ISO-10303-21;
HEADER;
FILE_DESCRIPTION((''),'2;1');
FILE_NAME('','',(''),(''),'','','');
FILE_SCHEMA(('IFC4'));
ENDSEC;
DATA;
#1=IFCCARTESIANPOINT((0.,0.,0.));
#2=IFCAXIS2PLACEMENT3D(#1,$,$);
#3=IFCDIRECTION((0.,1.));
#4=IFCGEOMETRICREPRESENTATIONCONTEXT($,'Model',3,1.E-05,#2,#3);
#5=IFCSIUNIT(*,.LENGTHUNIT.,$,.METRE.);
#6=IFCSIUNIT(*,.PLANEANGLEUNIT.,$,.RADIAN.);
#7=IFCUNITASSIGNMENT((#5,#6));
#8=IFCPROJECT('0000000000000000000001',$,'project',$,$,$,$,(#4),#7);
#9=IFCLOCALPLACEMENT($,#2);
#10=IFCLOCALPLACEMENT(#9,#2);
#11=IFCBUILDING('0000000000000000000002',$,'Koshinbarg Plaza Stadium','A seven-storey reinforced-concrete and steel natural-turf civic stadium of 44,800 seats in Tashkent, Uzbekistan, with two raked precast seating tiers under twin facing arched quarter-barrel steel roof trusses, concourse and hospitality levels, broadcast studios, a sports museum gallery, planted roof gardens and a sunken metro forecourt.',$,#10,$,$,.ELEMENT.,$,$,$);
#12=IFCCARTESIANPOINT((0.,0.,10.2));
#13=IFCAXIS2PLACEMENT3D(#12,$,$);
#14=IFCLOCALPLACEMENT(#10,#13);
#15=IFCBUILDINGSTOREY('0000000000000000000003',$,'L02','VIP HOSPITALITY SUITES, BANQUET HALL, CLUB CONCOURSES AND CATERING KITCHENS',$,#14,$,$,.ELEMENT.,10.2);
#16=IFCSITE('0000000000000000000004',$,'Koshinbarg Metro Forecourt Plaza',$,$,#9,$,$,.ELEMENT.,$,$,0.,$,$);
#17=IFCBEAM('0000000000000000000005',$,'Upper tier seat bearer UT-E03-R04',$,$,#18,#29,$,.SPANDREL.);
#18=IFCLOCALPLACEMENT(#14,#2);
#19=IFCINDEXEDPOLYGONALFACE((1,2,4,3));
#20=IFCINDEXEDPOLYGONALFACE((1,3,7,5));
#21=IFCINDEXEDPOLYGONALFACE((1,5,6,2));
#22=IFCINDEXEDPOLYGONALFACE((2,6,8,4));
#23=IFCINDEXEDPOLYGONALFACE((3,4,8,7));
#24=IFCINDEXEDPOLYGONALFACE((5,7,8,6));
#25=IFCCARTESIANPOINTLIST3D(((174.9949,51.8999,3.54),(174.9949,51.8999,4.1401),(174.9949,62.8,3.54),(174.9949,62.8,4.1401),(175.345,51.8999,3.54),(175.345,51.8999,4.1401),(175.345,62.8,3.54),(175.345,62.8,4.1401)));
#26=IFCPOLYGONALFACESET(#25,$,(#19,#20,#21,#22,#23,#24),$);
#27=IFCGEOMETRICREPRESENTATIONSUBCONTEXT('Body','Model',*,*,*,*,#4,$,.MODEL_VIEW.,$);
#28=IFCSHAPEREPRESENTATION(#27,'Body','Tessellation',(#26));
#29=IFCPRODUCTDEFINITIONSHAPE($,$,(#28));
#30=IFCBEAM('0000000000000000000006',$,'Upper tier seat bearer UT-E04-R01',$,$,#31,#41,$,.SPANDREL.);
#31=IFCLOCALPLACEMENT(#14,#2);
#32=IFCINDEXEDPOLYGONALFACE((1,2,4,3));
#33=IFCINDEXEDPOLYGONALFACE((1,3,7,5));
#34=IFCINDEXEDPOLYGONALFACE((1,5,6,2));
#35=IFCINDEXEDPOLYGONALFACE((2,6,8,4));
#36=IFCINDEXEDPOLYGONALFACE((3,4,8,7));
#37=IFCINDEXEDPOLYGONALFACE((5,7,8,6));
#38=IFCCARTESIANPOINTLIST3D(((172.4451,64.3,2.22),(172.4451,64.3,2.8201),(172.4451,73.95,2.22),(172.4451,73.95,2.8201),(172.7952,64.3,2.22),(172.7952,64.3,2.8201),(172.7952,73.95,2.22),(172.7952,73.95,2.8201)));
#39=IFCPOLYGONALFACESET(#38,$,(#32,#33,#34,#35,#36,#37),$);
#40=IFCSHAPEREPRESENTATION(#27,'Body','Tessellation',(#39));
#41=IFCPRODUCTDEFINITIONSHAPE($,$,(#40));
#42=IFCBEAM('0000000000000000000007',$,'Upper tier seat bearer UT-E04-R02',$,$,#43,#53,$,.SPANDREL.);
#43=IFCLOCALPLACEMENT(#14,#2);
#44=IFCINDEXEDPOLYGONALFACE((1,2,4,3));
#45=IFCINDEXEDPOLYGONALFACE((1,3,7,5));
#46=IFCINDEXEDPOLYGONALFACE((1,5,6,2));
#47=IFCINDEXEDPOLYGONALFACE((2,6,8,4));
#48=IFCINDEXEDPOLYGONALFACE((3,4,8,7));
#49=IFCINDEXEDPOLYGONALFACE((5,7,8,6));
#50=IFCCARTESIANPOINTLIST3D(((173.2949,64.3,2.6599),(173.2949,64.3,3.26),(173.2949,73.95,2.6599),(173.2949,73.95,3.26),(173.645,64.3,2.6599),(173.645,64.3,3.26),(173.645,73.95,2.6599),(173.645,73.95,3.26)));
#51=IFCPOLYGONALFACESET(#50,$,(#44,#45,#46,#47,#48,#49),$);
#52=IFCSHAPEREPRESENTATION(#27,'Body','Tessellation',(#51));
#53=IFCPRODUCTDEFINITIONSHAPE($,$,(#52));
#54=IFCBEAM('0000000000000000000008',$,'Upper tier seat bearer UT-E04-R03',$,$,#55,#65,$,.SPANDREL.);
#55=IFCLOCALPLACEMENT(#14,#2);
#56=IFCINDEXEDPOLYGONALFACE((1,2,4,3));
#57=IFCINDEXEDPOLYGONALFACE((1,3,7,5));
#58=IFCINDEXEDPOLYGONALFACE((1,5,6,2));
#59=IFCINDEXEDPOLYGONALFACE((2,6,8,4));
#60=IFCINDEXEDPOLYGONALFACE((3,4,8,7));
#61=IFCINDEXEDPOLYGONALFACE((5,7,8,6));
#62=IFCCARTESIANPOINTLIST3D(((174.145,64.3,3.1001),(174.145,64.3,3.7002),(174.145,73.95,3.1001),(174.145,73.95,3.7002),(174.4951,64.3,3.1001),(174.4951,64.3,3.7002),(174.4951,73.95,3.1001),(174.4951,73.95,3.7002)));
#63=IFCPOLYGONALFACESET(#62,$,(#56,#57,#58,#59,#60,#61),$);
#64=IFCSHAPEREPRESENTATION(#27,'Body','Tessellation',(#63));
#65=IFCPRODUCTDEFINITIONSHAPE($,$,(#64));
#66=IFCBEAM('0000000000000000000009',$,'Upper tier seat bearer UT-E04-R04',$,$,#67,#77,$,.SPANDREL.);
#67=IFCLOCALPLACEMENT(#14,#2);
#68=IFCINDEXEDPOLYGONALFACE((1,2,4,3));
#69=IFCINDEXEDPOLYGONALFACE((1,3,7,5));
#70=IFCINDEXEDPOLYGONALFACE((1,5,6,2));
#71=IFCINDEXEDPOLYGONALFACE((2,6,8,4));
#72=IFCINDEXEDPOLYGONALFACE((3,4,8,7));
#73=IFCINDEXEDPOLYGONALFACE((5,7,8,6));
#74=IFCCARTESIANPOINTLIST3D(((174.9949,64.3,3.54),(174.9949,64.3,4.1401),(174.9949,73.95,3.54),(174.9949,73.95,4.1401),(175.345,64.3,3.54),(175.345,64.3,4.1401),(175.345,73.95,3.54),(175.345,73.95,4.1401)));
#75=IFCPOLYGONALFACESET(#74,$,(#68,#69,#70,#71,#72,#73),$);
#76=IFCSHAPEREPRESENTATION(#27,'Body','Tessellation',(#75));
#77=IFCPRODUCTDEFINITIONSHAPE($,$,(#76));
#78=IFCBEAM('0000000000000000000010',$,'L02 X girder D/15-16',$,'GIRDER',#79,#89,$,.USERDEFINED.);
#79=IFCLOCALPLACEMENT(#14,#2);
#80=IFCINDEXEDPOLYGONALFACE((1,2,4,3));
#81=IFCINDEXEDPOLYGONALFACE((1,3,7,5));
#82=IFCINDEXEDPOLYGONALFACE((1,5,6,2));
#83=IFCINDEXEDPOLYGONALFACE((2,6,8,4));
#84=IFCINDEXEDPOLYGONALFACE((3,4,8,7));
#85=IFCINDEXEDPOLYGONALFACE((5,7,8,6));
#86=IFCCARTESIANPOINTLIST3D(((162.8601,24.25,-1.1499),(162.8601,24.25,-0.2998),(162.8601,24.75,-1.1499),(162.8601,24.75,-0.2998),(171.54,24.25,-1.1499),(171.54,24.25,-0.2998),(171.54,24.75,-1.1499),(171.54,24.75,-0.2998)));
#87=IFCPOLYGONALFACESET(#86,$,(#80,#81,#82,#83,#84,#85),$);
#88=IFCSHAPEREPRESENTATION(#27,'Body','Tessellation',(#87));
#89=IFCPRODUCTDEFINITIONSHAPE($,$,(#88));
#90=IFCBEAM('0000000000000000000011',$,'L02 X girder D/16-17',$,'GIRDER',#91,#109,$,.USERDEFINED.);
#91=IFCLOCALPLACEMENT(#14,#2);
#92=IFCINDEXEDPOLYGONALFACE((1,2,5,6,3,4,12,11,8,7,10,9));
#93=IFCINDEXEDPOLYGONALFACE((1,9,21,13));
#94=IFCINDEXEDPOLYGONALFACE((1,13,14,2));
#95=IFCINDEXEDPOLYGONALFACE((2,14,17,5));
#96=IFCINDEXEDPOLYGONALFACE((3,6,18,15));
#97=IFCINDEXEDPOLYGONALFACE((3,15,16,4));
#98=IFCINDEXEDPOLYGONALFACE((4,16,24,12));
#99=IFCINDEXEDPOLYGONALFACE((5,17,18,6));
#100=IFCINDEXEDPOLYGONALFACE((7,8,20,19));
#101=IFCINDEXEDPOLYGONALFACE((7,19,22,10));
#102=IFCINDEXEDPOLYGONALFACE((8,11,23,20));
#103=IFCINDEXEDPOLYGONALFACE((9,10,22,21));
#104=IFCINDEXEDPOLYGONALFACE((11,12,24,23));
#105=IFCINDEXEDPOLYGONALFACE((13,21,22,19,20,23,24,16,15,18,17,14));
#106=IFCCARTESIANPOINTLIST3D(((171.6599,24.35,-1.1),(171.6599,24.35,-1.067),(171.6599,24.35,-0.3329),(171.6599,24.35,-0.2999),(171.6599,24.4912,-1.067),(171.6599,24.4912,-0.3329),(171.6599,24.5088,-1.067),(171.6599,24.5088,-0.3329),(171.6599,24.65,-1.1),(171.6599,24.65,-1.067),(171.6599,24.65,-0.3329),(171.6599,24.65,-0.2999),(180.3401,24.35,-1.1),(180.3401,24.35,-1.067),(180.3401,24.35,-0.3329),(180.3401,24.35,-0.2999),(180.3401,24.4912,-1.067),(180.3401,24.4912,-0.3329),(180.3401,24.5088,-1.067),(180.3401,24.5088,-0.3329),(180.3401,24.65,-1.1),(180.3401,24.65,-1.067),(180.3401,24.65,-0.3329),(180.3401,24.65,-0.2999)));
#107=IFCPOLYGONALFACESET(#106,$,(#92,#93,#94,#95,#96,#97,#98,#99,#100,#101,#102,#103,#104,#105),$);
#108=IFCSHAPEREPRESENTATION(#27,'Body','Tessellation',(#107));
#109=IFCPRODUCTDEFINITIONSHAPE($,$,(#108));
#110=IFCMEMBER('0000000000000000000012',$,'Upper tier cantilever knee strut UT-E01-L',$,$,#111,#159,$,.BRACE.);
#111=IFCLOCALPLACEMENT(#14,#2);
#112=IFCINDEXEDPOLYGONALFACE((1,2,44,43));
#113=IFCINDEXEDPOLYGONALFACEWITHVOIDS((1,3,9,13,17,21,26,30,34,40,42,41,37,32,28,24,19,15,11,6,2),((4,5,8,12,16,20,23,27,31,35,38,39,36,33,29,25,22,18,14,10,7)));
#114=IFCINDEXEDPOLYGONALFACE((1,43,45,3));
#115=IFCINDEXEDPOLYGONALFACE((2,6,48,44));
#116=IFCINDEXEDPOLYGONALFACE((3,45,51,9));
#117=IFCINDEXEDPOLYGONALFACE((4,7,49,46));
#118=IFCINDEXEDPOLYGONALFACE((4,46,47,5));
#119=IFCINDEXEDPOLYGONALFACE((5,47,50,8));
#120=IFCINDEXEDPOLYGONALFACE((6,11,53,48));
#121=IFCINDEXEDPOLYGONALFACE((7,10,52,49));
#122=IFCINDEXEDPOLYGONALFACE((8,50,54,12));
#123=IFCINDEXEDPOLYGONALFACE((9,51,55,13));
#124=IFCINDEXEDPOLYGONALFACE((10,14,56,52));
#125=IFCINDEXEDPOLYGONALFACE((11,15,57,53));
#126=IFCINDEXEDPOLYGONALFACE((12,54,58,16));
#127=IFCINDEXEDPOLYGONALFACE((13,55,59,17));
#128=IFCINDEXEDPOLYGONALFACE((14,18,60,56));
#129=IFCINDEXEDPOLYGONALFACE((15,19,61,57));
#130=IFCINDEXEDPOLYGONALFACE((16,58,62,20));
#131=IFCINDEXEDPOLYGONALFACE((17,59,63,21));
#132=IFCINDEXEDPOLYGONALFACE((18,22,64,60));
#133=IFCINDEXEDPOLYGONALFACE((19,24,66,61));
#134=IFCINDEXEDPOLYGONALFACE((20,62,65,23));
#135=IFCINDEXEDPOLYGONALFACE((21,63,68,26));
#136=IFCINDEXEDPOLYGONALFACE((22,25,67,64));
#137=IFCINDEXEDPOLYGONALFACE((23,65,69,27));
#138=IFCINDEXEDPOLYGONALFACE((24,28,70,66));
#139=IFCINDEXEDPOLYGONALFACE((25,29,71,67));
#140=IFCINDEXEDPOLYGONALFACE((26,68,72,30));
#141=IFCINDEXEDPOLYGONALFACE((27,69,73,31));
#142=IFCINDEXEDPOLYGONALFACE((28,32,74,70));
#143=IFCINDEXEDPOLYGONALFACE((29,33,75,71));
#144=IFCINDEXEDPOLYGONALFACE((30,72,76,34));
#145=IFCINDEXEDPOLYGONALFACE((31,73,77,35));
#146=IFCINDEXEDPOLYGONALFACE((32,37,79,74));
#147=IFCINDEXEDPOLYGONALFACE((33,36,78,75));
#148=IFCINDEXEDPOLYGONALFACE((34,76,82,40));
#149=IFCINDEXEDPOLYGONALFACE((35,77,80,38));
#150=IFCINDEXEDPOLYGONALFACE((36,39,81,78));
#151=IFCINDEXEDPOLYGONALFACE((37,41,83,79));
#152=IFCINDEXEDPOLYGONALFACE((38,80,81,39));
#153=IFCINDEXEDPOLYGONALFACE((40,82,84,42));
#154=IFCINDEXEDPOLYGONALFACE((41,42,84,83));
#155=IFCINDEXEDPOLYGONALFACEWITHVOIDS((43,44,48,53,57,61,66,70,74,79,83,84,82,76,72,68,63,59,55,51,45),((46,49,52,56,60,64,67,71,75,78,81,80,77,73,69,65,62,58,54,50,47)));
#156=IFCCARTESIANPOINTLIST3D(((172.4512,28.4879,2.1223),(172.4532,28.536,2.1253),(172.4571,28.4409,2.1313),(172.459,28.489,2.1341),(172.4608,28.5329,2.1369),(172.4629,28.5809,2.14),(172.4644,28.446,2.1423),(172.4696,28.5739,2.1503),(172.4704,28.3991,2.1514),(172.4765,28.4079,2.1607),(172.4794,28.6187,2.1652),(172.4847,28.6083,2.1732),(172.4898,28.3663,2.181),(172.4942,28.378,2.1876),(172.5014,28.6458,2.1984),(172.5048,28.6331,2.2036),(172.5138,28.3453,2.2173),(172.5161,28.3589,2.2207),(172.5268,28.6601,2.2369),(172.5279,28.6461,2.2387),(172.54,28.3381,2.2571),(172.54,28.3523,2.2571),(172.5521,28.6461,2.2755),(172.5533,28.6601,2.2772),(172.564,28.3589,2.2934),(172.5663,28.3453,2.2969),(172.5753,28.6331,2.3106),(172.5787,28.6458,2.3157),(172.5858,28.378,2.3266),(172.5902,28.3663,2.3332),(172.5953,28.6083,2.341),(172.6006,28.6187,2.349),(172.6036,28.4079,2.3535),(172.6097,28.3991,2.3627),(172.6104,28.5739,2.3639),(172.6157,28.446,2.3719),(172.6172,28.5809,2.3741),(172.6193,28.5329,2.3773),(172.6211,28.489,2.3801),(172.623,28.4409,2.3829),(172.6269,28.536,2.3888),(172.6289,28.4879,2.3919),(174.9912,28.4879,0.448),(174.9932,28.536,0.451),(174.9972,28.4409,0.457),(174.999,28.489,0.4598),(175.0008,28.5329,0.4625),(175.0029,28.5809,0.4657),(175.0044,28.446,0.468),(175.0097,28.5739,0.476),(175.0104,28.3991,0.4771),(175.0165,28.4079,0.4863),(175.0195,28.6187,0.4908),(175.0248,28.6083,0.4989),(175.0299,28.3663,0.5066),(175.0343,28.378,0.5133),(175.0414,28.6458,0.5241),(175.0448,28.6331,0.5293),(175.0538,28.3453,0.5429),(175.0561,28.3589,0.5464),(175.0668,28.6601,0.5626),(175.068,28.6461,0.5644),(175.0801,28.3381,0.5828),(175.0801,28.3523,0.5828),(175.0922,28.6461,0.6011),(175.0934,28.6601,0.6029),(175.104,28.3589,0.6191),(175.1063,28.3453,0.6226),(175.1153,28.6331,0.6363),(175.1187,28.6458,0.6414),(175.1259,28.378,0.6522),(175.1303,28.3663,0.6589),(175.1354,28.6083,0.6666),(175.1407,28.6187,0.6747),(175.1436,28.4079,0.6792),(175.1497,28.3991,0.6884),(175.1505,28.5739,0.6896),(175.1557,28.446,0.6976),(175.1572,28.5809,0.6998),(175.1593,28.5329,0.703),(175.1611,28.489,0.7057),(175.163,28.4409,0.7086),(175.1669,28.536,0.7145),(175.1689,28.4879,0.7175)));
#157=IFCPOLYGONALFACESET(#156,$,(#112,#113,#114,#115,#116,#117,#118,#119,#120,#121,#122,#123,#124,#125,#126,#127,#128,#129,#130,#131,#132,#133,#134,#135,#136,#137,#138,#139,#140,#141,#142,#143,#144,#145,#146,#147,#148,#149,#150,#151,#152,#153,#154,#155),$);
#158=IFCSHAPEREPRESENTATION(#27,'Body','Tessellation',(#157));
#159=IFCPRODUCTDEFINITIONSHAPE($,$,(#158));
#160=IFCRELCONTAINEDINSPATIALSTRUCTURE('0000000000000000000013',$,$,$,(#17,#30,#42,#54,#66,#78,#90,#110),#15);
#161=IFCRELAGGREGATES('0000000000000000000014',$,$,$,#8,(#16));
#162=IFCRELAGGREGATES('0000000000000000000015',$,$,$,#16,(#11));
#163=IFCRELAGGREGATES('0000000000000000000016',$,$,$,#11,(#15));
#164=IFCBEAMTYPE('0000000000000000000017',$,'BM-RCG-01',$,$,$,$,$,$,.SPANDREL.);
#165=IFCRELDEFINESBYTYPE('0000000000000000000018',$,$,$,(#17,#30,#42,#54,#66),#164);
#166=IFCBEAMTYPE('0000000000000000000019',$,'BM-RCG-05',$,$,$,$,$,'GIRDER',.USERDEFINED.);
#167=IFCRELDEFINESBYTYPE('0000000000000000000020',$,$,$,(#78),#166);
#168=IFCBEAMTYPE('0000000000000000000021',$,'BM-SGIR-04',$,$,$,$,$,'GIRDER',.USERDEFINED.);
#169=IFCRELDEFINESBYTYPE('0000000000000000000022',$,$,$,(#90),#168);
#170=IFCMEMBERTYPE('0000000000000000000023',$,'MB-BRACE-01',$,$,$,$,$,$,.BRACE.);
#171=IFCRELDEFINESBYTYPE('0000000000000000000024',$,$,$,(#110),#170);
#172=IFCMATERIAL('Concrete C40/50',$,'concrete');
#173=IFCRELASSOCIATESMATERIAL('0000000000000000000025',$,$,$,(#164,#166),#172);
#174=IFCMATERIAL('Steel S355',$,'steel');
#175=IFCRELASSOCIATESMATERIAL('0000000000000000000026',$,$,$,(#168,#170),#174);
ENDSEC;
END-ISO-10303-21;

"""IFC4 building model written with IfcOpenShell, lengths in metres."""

from ifc_helpers import new_model, si_unit, direction, frame, origin, origin_2d, place, context, subcontext, project, spatial, rectangle, hollow_circle, i_section, extrude, material, material_profile, profile_set, type_object, element, save


model = new_model("IFC4")

# Units and contexts
model_context = context("Model", 3, precision=1e-05, world=origin(), true_north=direction((0.0, 1.0)))
body_context = subcontext(model_context, "Body", "Model", "MODEL_VIEW")
ifc_project = project(units=[si_unit("LENGTHUNIT", "METRE"), si_unit("PLANEANGLEUNIT", "RADIAN")], contexts=[model_context])

# Site, building, storey
site_placement = place(None, origin())
site = spatial("IfcSite", under=ifc_project, at=site_placement, Name="Koshinbarg Metro Forecourt Plaza", CompositionType="ELEMENT", RefElevation=0.0)
building_placement = place(site_placement, origin())
building = spatial("IfcBuilding", under=site, at=building_placement, Name="Koshinbarg Plaza Stadium", Description="A seven-storey reinforced-concrete and steel natural-turf civic stadium of 44,800 seats in Tashkent, Uzbekistan, with two raked precast seating tiers under twin facing arched quarter-barrel steel roof trusses, concourse and hospitality levels, broadcast studios, a sports museum gallery, planted roof gardens and a sunken metro forecourt.", CompositionType="ELEMENT")
storey_placement = place(building_placement, frame((0.0, 0.0, 10.2)))
storey = spatial("IfcBuildingStorey", under=building, at=storey_placement, Name="L02", Description="VIP HOSPITALITY SUITES, BANQUET HALL, CLUB CONCOURSES AND CATERING KITCHENS", CompositionType="ELEMENT", Elevation=10.2)

# Shared definitions
ifc_material_1 = material(Name="Concrete C40/50", Category="concrete")

# Beams
ifc_material_profile_1 = material_profile(ifc_material_1, rectangle(XDim=0.3501, YDim=0.6001, at=origin_2d()), Name="RC 350x600")
ifc_profile_set_1 = profile_set([ifc_material_profile_1], Name="Concrete C40/50")
beam_type_1 = type_object("IfcBeamType", Name="BM-RCG-01", PredefinedType="SPANDREL", material=ifc_profile_set_1)
for number, where, z_axis, x_axis, name in (
    (1, (175.1699, 51.8999, 3.8401), (0.0, 1.0, 0.0), (-1.0, 0.0, 0.0), "Upper tier seat bearer UT-E03-R04"),
):
    element("IfcBeam", number, at=place(storey_placement, frame(where, z_axis=z_axis, x_axis=x_axis)), inside=storey, type_object=beam_type_1, Name=name, PredefinedType="SPANDREL", context=body_context, shape_type="SweptSolid", body=[
        extrude(rectangle(XDim=0.3501, YDim=0.6001, at=origin_2d()), origin(), (0.0, 0.0, 1.0), 10.9001),
    ])
for number, where, z_axis, x_axis, name in (
    (2, (172.6201, 64.3, 2.52), (0.0, 1.0, 0.0), (-1.0, 0.0, 0.0), "Upper tier seat bearer UT-E04-R01"),
    (3, (173.47, 64.3, 2.96), (0.0, 1.0, 0.0), (-1.0, 0.0, 0.0), "Upper tier seat bearer UT-E04-R02"),
    (4, (174.3201, 64.3, 3.4001), (0.0, 1.0, 0.0), (-1.0, 0.0, 0.0), "Upper tier seat bearer UT-E04-R03"),
    (5, (175.1699, 64.3, 3.8401), (0.0, 1.0, 0.0), (-1.0, 0.0, 0.0), "Upper tier seat bearer UT-E04-R04"),
):
    element("IfcBeam", number, at=place(storey_placement, frame(where, z_axis=z_axis, x_axis=x_axis)), inside=storey, type_object=beam_type_1, Name=name, PredefinedType="SPANDREL", context=body_context, shape_type="SweptSolid", body=[
        extrude(rectangle(XDim=0.3501, YDim=0.6001, at=origin_2d()), origin(), (0.0, 0.0, 1.0), 9.6499),
    ])
ifc_material_profile_2 = material_profile(ifc_material_1, rectangle(XDim=0.5, YDim=0.8501, at=origin_2d()), Name="RC 500x850")
ifc_profile_set_2 = profile_set([ifc_material_profile_2], Name="Concrete C40/50")
beam_type_2 = type_object("IfcBeamType", Name="BM-RCG-05", ElementType="GIRDER", PredefinedType="USERDEFINED", material=ifc_profile_set_2)
beam_1_placement = place(storey_placement, frame((162.8601, 24.5, -0.7249), z_axis=(1.0, 0.0, 0.0), x_axis=(0.0, 1.0, 0.0)))
element("IfcBeam", 6, at=beam_1_placement, inside=storey, type_object=beam_type_2, Name="L02 X girder D/15-16", ObjectType="GIRDER", PredefinedType="USERDEFINED", context=body_context, shape_type="SweptSolid", body=[
    extrude(rectangle(XDim=0.5, YDim=0.8501, at=origin_2d()), origin(), (0.0, 0.0, 1.0), 8.6799),
])
ifc_material_2 = material(Name="Steel S355", Category="steel")
ifc_material_profile_3 = material_profile(ifc_material_2, i_section(OverallWidth=0.3, OverallDepth=0.8, WebThickness=0.0176, FlangeThickness=0.033, at=origin_2d()), Name="HEB 800")
ifc_profile_set_3 = profile_set([ifc_material_profile_3], Name="Steel S355")
beam_type_3 = type_object("IfcBeamType", Name="BM-SGIR-04", ElementType="GIRDER", PredefinedType="USERDEFINED", material=ifc_profile_set_3)
beam_2_placement = place(storey_placement, frame((171.6599, 24.5, -0.7), z_axis=(1.0, 0.0, 0.0), x_axis=(0.0, 1.0, 0.0)))
element("IfcBeam", 7, at=beam_2_placement, inside=storey, type_object=beam_type_3, Name="L02 X girder D/16-17", ObjectType="GIRDER", PredefinedType="USERDEFINED", context=body_context, shape_type="SweptSolid", body=[
    extrude(i_section(OverallWidth=0.3, OverallDepth=0.8, WebThickness=0.0176, FlangeThickness=0.033, at=origin_2d()), origin(), (0.0, 0.0, 1.0), 8.6802),
])

# Member
ifc_material_profile_4 = material_profile(ifc_material_2, hollow_circle(Radius=0.1619, WallThickness=0.0142, at=origin_2d()), Name="CHS 323.9x14.2")
ifc_profile_set_4 = profile_set([ifc_material_profile_4], Name="Steel S355")
member_type = type_object("IfcMemberType", Name="MB-BRACE-01", PredefinedType="BRACE", material=ifc_profile_set_4)
for number, where, z_axis, x_axis, name in (
    (8, (175.0801, 28.5, 0.5828), (-0.834928, 0.0, 0.550359), (0.0, -1.0, 0.0), "Upper tier cantilever knee strut UT-E01-L"),
):
    element("IfcMember", number, at=place(storey_placement, frame(where, z_axis=z_axis, x_axis=x_axis)), inside=storey, type_object=member_type, Name=name, PredefinedType="BRACE", context=body_context, shape_type="SweptSolid", body=[
        extrude(hollow_circle(Radius=0.1619, WallThickness=0.0142, at=origin_2d()), origin(), (0.0, 0.0, 1.0), 3.0422),
    ])

save(model, "model.ifc")
